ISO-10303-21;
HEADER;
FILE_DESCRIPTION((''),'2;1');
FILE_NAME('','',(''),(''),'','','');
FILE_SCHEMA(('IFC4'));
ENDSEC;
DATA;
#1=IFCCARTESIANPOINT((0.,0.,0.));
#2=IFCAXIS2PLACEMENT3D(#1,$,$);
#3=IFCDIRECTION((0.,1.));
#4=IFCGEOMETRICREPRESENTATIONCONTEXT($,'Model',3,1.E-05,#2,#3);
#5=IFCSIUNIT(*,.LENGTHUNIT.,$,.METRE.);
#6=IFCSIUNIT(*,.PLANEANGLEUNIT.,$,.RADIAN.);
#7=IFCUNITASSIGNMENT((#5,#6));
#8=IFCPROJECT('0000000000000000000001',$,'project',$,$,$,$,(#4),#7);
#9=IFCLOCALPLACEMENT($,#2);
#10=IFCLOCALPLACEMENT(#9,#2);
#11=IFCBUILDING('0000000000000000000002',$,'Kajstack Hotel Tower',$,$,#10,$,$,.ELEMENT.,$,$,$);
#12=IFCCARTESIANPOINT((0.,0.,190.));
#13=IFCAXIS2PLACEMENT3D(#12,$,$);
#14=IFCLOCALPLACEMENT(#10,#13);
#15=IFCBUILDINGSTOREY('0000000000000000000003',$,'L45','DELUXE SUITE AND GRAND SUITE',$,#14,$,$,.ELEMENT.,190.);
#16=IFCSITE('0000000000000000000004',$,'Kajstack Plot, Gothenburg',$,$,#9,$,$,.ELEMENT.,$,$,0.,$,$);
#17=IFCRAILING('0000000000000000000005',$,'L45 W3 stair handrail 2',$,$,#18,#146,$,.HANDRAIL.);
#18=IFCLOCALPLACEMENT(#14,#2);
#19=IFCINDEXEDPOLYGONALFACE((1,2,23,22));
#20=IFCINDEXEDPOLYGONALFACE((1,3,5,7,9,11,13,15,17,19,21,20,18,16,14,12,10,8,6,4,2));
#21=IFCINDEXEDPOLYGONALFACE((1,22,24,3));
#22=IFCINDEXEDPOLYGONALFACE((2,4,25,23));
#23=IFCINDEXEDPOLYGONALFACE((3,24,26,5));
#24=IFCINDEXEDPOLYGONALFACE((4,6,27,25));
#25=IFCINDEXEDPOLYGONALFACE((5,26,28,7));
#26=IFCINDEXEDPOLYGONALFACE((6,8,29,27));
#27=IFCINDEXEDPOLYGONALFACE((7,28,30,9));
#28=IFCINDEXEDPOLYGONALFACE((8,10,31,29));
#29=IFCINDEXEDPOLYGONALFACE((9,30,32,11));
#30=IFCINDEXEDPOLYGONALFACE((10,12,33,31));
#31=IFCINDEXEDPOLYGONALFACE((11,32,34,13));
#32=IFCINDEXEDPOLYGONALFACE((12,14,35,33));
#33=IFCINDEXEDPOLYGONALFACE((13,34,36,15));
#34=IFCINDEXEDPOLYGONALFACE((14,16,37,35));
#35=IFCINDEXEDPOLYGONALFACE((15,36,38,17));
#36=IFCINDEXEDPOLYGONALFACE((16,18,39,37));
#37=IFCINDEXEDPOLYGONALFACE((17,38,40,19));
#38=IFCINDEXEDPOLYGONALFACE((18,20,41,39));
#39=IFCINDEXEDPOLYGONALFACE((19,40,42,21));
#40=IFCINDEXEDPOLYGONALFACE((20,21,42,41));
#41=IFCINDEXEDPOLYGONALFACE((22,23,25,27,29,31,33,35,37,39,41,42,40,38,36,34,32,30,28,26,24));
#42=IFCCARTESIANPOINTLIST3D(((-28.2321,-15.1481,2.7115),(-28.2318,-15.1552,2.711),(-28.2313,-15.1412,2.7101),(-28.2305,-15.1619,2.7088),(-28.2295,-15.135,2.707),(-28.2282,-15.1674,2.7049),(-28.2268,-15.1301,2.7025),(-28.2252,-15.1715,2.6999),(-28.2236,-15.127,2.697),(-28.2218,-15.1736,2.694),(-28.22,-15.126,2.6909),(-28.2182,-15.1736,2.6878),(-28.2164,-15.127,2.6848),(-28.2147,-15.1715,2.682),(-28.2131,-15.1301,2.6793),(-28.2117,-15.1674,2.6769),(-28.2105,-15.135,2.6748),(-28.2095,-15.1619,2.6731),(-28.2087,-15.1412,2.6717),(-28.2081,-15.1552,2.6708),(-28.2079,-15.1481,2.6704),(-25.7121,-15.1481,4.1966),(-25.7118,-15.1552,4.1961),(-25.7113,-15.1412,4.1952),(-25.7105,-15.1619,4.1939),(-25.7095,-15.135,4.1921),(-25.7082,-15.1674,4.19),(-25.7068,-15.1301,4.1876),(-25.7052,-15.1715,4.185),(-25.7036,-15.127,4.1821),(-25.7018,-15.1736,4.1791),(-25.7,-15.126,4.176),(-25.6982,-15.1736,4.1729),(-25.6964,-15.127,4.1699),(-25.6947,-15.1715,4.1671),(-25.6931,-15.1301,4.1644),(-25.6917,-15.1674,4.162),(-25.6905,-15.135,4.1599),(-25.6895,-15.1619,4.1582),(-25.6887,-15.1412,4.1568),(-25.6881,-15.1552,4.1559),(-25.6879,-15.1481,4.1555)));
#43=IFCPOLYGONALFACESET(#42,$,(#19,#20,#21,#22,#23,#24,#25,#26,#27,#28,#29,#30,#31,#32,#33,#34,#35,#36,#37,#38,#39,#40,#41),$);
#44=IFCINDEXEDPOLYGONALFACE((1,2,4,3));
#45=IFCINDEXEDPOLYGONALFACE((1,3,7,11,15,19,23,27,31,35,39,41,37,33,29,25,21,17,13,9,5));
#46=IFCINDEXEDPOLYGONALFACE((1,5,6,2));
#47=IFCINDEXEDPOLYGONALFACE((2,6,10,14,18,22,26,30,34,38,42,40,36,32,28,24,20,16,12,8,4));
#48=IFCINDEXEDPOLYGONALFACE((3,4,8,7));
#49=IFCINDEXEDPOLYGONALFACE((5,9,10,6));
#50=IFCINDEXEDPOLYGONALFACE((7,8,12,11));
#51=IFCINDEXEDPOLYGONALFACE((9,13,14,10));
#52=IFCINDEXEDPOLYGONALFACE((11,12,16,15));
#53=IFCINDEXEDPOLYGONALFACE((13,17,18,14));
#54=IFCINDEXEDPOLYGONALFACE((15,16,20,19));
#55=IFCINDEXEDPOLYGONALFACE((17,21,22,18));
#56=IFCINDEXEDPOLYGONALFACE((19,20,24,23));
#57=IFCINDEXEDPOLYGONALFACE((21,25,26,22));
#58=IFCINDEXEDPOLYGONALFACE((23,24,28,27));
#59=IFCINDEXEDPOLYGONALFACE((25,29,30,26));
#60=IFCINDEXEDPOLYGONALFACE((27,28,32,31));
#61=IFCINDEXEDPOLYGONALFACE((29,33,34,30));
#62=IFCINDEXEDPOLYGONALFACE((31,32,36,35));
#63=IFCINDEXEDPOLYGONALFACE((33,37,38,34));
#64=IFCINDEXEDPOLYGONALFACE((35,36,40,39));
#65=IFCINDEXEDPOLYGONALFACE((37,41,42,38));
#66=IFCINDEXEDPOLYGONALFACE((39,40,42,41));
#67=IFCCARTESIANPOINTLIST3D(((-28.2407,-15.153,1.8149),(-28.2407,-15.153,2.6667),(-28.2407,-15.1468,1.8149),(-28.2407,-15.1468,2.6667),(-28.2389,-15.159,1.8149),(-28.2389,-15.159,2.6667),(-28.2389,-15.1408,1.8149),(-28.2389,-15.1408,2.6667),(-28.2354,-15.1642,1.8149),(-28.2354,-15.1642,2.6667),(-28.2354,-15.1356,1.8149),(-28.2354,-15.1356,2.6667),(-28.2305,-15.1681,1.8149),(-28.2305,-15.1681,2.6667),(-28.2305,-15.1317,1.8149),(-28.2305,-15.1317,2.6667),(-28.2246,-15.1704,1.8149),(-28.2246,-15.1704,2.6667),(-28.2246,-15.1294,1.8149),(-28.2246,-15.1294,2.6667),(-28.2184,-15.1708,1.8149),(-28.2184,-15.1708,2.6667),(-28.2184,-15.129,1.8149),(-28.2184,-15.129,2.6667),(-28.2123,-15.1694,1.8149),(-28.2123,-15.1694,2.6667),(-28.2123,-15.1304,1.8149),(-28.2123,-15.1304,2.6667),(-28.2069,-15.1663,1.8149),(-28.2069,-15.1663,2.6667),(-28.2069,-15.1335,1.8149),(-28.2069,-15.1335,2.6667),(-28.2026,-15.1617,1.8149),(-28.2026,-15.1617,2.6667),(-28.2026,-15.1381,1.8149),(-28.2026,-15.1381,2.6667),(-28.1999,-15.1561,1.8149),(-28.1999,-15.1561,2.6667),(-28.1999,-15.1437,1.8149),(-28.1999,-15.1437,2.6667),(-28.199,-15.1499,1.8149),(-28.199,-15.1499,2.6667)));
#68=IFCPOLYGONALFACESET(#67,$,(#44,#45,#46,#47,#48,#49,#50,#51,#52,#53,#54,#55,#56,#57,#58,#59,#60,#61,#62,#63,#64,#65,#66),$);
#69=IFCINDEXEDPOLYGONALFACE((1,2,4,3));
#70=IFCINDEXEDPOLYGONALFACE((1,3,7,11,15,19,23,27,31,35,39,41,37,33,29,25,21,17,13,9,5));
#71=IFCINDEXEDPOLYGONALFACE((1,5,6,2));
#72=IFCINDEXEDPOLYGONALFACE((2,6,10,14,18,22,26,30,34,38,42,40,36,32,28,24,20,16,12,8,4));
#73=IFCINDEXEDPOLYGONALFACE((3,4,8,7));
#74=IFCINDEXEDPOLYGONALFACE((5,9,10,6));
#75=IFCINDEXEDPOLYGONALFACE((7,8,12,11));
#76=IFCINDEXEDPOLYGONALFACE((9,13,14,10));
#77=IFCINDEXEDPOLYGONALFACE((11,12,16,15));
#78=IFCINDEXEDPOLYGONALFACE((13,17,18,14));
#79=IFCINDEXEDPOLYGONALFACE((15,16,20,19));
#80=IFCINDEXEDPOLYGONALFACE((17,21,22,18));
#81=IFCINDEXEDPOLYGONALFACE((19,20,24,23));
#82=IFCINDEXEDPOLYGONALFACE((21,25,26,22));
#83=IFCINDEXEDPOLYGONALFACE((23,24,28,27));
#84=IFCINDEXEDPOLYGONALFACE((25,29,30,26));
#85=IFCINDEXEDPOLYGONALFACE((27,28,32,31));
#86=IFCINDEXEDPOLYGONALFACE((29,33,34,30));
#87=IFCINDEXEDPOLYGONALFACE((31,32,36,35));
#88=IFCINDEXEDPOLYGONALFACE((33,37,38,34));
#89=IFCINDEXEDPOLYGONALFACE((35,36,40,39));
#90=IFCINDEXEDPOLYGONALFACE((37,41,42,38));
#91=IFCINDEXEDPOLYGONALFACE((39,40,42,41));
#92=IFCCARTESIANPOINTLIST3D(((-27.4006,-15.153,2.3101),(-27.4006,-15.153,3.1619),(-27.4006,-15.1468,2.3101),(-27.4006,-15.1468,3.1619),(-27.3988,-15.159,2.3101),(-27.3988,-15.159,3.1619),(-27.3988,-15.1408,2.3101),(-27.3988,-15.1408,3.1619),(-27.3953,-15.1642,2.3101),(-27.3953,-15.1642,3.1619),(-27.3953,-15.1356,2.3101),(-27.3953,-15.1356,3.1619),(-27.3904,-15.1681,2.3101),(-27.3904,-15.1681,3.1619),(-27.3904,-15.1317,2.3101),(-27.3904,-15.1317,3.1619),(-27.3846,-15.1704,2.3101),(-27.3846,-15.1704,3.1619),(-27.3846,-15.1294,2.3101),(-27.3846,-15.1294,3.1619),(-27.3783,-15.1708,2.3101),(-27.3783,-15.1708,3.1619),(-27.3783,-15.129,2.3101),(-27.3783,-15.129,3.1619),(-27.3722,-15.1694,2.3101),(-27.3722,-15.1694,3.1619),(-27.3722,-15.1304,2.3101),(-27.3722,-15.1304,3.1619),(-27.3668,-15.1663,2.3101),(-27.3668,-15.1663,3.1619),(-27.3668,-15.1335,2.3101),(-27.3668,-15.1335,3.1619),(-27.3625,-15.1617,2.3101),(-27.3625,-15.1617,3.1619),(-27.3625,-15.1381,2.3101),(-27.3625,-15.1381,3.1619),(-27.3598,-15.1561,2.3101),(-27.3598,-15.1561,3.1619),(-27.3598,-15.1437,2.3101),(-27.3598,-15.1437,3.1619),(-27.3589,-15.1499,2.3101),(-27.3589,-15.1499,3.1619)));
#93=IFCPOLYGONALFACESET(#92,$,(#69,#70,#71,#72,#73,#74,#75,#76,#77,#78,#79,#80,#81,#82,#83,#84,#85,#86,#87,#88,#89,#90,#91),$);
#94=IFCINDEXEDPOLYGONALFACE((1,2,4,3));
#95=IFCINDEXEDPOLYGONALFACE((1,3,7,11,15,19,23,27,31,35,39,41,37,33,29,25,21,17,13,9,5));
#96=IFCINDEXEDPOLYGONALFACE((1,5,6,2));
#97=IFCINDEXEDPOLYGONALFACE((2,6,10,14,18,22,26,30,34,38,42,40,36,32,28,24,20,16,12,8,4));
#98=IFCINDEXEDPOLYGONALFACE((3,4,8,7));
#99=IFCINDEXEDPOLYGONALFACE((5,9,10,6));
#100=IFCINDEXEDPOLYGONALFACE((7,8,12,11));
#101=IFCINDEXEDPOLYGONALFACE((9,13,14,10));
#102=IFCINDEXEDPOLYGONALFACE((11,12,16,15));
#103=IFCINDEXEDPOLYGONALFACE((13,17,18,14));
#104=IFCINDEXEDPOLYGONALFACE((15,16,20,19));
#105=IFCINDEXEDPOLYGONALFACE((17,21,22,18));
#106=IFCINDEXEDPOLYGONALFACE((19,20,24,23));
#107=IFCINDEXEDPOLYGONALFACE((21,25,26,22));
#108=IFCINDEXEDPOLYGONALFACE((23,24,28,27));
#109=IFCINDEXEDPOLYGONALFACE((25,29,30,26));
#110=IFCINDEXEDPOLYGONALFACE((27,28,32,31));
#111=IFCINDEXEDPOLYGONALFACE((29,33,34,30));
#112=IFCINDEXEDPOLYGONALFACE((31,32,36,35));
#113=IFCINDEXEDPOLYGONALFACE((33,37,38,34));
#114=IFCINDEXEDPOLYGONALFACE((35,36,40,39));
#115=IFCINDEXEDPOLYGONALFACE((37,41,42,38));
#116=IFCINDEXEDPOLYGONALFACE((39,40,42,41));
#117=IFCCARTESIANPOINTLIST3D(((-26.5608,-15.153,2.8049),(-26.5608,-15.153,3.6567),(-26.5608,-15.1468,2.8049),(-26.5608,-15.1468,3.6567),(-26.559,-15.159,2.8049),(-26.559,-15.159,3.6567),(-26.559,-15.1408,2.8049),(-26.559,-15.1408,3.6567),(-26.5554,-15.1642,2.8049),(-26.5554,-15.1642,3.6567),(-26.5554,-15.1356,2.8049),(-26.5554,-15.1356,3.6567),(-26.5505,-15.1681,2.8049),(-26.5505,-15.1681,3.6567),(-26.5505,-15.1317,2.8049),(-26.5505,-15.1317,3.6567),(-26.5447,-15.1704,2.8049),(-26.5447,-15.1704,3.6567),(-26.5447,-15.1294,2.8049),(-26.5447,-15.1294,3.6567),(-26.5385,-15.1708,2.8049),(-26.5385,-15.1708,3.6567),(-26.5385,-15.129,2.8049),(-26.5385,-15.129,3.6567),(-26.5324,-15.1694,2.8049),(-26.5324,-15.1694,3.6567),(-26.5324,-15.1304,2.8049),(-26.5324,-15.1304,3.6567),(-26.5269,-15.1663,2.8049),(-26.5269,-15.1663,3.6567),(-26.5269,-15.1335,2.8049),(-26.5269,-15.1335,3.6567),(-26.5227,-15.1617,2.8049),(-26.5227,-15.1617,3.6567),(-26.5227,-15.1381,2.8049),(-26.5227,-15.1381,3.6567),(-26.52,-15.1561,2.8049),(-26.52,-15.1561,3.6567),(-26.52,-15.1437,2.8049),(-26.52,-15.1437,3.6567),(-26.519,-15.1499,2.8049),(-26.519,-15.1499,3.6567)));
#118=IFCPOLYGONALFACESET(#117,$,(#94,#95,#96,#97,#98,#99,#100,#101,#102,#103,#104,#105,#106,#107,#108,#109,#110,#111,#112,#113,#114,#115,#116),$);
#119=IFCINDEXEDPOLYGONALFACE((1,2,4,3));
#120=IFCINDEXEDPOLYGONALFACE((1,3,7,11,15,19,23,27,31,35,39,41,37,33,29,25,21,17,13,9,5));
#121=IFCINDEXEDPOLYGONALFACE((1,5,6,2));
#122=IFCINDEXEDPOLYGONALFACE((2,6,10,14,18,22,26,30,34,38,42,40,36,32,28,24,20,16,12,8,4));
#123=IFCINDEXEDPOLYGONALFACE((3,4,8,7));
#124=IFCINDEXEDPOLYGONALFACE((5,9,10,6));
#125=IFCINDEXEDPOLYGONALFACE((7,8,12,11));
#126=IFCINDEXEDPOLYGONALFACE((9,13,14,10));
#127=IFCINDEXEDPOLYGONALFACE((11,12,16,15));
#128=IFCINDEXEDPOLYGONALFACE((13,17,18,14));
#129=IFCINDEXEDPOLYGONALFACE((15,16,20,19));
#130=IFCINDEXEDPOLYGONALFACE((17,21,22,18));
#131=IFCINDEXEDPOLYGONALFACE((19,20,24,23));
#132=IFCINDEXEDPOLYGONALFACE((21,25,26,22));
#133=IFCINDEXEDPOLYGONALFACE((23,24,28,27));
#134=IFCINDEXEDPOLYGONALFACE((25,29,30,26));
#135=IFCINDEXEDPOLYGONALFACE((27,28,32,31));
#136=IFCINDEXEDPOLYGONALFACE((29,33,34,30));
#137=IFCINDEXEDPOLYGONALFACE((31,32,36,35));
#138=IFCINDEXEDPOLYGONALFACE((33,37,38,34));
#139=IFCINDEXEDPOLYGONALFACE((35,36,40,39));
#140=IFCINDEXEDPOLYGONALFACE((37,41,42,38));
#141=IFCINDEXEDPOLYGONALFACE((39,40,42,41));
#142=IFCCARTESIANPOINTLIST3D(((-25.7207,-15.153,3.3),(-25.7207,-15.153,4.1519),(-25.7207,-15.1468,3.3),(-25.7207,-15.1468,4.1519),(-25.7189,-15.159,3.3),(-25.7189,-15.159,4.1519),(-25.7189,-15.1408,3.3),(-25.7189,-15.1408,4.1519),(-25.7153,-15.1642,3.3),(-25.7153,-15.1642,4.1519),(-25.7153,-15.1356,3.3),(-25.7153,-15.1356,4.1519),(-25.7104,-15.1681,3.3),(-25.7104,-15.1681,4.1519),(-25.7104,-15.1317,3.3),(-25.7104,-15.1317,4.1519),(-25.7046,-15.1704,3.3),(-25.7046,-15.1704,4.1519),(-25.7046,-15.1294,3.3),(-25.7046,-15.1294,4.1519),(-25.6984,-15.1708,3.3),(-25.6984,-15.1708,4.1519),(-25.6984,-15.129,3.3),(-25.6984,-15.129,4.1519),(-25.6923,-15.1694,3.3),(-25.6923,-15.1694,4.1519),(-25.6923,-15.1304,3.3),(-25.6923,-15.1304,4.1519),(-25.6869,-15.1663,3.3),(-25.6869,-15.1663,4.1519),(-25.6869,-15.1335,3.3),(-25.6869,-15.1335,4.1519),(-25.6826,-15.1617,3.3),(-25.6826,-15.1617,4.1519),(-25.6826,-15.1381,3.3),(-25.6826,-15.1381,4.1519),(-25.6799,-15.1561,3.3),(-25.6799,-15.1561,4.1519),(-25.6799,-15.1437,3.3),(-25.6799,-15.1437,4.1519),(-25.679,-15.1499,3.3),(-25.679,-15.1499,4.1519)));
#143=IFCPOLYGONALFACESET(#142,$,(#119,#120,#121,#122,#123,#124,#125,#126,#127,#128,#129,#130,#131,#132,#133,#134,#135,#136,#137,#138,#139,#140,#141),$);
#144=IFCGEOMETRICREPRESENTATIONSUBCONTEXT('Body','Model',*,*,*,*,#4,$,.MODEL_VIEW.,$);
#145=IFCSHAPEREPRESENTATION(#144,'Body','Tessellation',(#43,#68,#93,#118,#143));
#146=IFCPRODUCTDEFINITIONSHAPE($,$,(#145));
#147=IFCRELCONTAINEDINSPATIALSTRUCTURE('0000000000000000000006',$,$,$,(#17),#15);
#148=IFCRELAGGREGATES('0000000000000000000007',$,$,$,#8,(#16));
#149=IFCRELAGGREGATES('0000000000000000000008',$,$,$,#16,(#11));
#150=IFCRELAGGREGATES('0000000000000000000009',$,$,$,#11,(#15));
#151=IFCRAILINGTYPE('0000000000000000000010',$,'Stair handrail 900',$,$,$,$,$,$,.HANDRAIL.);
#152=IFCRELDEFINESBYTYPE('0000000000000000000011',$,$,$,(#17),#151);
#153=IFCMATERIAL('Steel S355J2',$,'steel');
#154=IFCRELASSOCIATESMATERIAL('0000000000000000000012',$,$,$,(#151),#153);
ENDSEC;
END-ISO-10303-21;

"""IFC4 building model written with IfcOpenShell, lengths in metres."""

from ifc_helpers import new_model, si_unit, direction, frame, origin, origin_2d, place, context, subcontext, project, spatial, circle, extrude, material, type_object, element, save


model = new_model("IFC4")

# Units and contexts
model_context = context("Model", 3, precision=1e-05, world=origin(), true_north=direction((0.0, 1.0)))
body_context = subcontext(model_context, "Body", "Model", "MODEL_VIEW")
ifc_project = project(units=[si_unit("LENGTHUNIT", "METRE"), si_unit("PLANEANGLEUNIT", "RADIAN")], contexts=[model_context])

# Site, building, storey
site_placement = place(None, origin())
site = spatial("IfcSite", under=ifc_project, at=site_placement, Name="Kajstack Plot, Gothenburg", CompositionType="ELEMENT", RefElevation=0.0)
building_placement = place(site_placement, origin())
building = spatial("IfcBuilding", under=site, at=building_placement, Name="Kajstack Hotel Tower", CompositionType="ELEMENT")
storey_placement = place(building_placement, frame((0.0, 0.0, 190.0)))
storey = spatial("IfcBuildingStorey", under=building, at=storey_placement, Name="L45", Description="DELUXE SUITE AND GRAND SUITE", CompositionType="ELEMENT", Elevation=190.0)

# Railing
ifc_material_1 = material(Name="Steel S355J2", Category="steel")
railing_type_1 = type_object("IfcRailingType", Name="Stair handrail 900", PredefinedType="HANDRAIL", material=ifc_material_1)
railing_1_placement = place(storey_placement, frame((-28.22, -15.1499, 1.8149)))
element("IfcRailing", 1, at=railing_1_placement, inside=storey, type_object=railing_type_1, Name="L45 W3 stair handrail 2", PredefinedType="HANDRAIL", context=body_context, shape_type="SweptSolid", body=[
    extrude(circle(Radius=0.0239, at=origin_2d()), frame((0.0, 0.0, 0.876), z_axis=(0.861524, 0.0, 0.507717), x_axis=(0.0, 1.0, 0.0)), (0.0, 0.0, 1.0), 2.925),
    extrude(circle(Radius=0.021, at=origin_2d()), origin(), (0.0, 0.0, 1.0), 0.8518),
    extrude(circle(Radius=0.021, at=origin_2d()), frame((0.8401, 0.0, 0.4951)), (0.0, 0.0, 1.0), 0.8518),
    extrude(circle(Radius=0.021, at=origin_2d()), frame((1.6799, 0.0, 0.99)), (0.0, 0.0, 1.0), 0.8518),
    extrude(circle(Radius=0.021, at=origin_2d()), frame((2.52, 0.0, 1.4851)), (0.0, 0.0, 1.0), 0.8518),
])

save(model, "model.ifc")
